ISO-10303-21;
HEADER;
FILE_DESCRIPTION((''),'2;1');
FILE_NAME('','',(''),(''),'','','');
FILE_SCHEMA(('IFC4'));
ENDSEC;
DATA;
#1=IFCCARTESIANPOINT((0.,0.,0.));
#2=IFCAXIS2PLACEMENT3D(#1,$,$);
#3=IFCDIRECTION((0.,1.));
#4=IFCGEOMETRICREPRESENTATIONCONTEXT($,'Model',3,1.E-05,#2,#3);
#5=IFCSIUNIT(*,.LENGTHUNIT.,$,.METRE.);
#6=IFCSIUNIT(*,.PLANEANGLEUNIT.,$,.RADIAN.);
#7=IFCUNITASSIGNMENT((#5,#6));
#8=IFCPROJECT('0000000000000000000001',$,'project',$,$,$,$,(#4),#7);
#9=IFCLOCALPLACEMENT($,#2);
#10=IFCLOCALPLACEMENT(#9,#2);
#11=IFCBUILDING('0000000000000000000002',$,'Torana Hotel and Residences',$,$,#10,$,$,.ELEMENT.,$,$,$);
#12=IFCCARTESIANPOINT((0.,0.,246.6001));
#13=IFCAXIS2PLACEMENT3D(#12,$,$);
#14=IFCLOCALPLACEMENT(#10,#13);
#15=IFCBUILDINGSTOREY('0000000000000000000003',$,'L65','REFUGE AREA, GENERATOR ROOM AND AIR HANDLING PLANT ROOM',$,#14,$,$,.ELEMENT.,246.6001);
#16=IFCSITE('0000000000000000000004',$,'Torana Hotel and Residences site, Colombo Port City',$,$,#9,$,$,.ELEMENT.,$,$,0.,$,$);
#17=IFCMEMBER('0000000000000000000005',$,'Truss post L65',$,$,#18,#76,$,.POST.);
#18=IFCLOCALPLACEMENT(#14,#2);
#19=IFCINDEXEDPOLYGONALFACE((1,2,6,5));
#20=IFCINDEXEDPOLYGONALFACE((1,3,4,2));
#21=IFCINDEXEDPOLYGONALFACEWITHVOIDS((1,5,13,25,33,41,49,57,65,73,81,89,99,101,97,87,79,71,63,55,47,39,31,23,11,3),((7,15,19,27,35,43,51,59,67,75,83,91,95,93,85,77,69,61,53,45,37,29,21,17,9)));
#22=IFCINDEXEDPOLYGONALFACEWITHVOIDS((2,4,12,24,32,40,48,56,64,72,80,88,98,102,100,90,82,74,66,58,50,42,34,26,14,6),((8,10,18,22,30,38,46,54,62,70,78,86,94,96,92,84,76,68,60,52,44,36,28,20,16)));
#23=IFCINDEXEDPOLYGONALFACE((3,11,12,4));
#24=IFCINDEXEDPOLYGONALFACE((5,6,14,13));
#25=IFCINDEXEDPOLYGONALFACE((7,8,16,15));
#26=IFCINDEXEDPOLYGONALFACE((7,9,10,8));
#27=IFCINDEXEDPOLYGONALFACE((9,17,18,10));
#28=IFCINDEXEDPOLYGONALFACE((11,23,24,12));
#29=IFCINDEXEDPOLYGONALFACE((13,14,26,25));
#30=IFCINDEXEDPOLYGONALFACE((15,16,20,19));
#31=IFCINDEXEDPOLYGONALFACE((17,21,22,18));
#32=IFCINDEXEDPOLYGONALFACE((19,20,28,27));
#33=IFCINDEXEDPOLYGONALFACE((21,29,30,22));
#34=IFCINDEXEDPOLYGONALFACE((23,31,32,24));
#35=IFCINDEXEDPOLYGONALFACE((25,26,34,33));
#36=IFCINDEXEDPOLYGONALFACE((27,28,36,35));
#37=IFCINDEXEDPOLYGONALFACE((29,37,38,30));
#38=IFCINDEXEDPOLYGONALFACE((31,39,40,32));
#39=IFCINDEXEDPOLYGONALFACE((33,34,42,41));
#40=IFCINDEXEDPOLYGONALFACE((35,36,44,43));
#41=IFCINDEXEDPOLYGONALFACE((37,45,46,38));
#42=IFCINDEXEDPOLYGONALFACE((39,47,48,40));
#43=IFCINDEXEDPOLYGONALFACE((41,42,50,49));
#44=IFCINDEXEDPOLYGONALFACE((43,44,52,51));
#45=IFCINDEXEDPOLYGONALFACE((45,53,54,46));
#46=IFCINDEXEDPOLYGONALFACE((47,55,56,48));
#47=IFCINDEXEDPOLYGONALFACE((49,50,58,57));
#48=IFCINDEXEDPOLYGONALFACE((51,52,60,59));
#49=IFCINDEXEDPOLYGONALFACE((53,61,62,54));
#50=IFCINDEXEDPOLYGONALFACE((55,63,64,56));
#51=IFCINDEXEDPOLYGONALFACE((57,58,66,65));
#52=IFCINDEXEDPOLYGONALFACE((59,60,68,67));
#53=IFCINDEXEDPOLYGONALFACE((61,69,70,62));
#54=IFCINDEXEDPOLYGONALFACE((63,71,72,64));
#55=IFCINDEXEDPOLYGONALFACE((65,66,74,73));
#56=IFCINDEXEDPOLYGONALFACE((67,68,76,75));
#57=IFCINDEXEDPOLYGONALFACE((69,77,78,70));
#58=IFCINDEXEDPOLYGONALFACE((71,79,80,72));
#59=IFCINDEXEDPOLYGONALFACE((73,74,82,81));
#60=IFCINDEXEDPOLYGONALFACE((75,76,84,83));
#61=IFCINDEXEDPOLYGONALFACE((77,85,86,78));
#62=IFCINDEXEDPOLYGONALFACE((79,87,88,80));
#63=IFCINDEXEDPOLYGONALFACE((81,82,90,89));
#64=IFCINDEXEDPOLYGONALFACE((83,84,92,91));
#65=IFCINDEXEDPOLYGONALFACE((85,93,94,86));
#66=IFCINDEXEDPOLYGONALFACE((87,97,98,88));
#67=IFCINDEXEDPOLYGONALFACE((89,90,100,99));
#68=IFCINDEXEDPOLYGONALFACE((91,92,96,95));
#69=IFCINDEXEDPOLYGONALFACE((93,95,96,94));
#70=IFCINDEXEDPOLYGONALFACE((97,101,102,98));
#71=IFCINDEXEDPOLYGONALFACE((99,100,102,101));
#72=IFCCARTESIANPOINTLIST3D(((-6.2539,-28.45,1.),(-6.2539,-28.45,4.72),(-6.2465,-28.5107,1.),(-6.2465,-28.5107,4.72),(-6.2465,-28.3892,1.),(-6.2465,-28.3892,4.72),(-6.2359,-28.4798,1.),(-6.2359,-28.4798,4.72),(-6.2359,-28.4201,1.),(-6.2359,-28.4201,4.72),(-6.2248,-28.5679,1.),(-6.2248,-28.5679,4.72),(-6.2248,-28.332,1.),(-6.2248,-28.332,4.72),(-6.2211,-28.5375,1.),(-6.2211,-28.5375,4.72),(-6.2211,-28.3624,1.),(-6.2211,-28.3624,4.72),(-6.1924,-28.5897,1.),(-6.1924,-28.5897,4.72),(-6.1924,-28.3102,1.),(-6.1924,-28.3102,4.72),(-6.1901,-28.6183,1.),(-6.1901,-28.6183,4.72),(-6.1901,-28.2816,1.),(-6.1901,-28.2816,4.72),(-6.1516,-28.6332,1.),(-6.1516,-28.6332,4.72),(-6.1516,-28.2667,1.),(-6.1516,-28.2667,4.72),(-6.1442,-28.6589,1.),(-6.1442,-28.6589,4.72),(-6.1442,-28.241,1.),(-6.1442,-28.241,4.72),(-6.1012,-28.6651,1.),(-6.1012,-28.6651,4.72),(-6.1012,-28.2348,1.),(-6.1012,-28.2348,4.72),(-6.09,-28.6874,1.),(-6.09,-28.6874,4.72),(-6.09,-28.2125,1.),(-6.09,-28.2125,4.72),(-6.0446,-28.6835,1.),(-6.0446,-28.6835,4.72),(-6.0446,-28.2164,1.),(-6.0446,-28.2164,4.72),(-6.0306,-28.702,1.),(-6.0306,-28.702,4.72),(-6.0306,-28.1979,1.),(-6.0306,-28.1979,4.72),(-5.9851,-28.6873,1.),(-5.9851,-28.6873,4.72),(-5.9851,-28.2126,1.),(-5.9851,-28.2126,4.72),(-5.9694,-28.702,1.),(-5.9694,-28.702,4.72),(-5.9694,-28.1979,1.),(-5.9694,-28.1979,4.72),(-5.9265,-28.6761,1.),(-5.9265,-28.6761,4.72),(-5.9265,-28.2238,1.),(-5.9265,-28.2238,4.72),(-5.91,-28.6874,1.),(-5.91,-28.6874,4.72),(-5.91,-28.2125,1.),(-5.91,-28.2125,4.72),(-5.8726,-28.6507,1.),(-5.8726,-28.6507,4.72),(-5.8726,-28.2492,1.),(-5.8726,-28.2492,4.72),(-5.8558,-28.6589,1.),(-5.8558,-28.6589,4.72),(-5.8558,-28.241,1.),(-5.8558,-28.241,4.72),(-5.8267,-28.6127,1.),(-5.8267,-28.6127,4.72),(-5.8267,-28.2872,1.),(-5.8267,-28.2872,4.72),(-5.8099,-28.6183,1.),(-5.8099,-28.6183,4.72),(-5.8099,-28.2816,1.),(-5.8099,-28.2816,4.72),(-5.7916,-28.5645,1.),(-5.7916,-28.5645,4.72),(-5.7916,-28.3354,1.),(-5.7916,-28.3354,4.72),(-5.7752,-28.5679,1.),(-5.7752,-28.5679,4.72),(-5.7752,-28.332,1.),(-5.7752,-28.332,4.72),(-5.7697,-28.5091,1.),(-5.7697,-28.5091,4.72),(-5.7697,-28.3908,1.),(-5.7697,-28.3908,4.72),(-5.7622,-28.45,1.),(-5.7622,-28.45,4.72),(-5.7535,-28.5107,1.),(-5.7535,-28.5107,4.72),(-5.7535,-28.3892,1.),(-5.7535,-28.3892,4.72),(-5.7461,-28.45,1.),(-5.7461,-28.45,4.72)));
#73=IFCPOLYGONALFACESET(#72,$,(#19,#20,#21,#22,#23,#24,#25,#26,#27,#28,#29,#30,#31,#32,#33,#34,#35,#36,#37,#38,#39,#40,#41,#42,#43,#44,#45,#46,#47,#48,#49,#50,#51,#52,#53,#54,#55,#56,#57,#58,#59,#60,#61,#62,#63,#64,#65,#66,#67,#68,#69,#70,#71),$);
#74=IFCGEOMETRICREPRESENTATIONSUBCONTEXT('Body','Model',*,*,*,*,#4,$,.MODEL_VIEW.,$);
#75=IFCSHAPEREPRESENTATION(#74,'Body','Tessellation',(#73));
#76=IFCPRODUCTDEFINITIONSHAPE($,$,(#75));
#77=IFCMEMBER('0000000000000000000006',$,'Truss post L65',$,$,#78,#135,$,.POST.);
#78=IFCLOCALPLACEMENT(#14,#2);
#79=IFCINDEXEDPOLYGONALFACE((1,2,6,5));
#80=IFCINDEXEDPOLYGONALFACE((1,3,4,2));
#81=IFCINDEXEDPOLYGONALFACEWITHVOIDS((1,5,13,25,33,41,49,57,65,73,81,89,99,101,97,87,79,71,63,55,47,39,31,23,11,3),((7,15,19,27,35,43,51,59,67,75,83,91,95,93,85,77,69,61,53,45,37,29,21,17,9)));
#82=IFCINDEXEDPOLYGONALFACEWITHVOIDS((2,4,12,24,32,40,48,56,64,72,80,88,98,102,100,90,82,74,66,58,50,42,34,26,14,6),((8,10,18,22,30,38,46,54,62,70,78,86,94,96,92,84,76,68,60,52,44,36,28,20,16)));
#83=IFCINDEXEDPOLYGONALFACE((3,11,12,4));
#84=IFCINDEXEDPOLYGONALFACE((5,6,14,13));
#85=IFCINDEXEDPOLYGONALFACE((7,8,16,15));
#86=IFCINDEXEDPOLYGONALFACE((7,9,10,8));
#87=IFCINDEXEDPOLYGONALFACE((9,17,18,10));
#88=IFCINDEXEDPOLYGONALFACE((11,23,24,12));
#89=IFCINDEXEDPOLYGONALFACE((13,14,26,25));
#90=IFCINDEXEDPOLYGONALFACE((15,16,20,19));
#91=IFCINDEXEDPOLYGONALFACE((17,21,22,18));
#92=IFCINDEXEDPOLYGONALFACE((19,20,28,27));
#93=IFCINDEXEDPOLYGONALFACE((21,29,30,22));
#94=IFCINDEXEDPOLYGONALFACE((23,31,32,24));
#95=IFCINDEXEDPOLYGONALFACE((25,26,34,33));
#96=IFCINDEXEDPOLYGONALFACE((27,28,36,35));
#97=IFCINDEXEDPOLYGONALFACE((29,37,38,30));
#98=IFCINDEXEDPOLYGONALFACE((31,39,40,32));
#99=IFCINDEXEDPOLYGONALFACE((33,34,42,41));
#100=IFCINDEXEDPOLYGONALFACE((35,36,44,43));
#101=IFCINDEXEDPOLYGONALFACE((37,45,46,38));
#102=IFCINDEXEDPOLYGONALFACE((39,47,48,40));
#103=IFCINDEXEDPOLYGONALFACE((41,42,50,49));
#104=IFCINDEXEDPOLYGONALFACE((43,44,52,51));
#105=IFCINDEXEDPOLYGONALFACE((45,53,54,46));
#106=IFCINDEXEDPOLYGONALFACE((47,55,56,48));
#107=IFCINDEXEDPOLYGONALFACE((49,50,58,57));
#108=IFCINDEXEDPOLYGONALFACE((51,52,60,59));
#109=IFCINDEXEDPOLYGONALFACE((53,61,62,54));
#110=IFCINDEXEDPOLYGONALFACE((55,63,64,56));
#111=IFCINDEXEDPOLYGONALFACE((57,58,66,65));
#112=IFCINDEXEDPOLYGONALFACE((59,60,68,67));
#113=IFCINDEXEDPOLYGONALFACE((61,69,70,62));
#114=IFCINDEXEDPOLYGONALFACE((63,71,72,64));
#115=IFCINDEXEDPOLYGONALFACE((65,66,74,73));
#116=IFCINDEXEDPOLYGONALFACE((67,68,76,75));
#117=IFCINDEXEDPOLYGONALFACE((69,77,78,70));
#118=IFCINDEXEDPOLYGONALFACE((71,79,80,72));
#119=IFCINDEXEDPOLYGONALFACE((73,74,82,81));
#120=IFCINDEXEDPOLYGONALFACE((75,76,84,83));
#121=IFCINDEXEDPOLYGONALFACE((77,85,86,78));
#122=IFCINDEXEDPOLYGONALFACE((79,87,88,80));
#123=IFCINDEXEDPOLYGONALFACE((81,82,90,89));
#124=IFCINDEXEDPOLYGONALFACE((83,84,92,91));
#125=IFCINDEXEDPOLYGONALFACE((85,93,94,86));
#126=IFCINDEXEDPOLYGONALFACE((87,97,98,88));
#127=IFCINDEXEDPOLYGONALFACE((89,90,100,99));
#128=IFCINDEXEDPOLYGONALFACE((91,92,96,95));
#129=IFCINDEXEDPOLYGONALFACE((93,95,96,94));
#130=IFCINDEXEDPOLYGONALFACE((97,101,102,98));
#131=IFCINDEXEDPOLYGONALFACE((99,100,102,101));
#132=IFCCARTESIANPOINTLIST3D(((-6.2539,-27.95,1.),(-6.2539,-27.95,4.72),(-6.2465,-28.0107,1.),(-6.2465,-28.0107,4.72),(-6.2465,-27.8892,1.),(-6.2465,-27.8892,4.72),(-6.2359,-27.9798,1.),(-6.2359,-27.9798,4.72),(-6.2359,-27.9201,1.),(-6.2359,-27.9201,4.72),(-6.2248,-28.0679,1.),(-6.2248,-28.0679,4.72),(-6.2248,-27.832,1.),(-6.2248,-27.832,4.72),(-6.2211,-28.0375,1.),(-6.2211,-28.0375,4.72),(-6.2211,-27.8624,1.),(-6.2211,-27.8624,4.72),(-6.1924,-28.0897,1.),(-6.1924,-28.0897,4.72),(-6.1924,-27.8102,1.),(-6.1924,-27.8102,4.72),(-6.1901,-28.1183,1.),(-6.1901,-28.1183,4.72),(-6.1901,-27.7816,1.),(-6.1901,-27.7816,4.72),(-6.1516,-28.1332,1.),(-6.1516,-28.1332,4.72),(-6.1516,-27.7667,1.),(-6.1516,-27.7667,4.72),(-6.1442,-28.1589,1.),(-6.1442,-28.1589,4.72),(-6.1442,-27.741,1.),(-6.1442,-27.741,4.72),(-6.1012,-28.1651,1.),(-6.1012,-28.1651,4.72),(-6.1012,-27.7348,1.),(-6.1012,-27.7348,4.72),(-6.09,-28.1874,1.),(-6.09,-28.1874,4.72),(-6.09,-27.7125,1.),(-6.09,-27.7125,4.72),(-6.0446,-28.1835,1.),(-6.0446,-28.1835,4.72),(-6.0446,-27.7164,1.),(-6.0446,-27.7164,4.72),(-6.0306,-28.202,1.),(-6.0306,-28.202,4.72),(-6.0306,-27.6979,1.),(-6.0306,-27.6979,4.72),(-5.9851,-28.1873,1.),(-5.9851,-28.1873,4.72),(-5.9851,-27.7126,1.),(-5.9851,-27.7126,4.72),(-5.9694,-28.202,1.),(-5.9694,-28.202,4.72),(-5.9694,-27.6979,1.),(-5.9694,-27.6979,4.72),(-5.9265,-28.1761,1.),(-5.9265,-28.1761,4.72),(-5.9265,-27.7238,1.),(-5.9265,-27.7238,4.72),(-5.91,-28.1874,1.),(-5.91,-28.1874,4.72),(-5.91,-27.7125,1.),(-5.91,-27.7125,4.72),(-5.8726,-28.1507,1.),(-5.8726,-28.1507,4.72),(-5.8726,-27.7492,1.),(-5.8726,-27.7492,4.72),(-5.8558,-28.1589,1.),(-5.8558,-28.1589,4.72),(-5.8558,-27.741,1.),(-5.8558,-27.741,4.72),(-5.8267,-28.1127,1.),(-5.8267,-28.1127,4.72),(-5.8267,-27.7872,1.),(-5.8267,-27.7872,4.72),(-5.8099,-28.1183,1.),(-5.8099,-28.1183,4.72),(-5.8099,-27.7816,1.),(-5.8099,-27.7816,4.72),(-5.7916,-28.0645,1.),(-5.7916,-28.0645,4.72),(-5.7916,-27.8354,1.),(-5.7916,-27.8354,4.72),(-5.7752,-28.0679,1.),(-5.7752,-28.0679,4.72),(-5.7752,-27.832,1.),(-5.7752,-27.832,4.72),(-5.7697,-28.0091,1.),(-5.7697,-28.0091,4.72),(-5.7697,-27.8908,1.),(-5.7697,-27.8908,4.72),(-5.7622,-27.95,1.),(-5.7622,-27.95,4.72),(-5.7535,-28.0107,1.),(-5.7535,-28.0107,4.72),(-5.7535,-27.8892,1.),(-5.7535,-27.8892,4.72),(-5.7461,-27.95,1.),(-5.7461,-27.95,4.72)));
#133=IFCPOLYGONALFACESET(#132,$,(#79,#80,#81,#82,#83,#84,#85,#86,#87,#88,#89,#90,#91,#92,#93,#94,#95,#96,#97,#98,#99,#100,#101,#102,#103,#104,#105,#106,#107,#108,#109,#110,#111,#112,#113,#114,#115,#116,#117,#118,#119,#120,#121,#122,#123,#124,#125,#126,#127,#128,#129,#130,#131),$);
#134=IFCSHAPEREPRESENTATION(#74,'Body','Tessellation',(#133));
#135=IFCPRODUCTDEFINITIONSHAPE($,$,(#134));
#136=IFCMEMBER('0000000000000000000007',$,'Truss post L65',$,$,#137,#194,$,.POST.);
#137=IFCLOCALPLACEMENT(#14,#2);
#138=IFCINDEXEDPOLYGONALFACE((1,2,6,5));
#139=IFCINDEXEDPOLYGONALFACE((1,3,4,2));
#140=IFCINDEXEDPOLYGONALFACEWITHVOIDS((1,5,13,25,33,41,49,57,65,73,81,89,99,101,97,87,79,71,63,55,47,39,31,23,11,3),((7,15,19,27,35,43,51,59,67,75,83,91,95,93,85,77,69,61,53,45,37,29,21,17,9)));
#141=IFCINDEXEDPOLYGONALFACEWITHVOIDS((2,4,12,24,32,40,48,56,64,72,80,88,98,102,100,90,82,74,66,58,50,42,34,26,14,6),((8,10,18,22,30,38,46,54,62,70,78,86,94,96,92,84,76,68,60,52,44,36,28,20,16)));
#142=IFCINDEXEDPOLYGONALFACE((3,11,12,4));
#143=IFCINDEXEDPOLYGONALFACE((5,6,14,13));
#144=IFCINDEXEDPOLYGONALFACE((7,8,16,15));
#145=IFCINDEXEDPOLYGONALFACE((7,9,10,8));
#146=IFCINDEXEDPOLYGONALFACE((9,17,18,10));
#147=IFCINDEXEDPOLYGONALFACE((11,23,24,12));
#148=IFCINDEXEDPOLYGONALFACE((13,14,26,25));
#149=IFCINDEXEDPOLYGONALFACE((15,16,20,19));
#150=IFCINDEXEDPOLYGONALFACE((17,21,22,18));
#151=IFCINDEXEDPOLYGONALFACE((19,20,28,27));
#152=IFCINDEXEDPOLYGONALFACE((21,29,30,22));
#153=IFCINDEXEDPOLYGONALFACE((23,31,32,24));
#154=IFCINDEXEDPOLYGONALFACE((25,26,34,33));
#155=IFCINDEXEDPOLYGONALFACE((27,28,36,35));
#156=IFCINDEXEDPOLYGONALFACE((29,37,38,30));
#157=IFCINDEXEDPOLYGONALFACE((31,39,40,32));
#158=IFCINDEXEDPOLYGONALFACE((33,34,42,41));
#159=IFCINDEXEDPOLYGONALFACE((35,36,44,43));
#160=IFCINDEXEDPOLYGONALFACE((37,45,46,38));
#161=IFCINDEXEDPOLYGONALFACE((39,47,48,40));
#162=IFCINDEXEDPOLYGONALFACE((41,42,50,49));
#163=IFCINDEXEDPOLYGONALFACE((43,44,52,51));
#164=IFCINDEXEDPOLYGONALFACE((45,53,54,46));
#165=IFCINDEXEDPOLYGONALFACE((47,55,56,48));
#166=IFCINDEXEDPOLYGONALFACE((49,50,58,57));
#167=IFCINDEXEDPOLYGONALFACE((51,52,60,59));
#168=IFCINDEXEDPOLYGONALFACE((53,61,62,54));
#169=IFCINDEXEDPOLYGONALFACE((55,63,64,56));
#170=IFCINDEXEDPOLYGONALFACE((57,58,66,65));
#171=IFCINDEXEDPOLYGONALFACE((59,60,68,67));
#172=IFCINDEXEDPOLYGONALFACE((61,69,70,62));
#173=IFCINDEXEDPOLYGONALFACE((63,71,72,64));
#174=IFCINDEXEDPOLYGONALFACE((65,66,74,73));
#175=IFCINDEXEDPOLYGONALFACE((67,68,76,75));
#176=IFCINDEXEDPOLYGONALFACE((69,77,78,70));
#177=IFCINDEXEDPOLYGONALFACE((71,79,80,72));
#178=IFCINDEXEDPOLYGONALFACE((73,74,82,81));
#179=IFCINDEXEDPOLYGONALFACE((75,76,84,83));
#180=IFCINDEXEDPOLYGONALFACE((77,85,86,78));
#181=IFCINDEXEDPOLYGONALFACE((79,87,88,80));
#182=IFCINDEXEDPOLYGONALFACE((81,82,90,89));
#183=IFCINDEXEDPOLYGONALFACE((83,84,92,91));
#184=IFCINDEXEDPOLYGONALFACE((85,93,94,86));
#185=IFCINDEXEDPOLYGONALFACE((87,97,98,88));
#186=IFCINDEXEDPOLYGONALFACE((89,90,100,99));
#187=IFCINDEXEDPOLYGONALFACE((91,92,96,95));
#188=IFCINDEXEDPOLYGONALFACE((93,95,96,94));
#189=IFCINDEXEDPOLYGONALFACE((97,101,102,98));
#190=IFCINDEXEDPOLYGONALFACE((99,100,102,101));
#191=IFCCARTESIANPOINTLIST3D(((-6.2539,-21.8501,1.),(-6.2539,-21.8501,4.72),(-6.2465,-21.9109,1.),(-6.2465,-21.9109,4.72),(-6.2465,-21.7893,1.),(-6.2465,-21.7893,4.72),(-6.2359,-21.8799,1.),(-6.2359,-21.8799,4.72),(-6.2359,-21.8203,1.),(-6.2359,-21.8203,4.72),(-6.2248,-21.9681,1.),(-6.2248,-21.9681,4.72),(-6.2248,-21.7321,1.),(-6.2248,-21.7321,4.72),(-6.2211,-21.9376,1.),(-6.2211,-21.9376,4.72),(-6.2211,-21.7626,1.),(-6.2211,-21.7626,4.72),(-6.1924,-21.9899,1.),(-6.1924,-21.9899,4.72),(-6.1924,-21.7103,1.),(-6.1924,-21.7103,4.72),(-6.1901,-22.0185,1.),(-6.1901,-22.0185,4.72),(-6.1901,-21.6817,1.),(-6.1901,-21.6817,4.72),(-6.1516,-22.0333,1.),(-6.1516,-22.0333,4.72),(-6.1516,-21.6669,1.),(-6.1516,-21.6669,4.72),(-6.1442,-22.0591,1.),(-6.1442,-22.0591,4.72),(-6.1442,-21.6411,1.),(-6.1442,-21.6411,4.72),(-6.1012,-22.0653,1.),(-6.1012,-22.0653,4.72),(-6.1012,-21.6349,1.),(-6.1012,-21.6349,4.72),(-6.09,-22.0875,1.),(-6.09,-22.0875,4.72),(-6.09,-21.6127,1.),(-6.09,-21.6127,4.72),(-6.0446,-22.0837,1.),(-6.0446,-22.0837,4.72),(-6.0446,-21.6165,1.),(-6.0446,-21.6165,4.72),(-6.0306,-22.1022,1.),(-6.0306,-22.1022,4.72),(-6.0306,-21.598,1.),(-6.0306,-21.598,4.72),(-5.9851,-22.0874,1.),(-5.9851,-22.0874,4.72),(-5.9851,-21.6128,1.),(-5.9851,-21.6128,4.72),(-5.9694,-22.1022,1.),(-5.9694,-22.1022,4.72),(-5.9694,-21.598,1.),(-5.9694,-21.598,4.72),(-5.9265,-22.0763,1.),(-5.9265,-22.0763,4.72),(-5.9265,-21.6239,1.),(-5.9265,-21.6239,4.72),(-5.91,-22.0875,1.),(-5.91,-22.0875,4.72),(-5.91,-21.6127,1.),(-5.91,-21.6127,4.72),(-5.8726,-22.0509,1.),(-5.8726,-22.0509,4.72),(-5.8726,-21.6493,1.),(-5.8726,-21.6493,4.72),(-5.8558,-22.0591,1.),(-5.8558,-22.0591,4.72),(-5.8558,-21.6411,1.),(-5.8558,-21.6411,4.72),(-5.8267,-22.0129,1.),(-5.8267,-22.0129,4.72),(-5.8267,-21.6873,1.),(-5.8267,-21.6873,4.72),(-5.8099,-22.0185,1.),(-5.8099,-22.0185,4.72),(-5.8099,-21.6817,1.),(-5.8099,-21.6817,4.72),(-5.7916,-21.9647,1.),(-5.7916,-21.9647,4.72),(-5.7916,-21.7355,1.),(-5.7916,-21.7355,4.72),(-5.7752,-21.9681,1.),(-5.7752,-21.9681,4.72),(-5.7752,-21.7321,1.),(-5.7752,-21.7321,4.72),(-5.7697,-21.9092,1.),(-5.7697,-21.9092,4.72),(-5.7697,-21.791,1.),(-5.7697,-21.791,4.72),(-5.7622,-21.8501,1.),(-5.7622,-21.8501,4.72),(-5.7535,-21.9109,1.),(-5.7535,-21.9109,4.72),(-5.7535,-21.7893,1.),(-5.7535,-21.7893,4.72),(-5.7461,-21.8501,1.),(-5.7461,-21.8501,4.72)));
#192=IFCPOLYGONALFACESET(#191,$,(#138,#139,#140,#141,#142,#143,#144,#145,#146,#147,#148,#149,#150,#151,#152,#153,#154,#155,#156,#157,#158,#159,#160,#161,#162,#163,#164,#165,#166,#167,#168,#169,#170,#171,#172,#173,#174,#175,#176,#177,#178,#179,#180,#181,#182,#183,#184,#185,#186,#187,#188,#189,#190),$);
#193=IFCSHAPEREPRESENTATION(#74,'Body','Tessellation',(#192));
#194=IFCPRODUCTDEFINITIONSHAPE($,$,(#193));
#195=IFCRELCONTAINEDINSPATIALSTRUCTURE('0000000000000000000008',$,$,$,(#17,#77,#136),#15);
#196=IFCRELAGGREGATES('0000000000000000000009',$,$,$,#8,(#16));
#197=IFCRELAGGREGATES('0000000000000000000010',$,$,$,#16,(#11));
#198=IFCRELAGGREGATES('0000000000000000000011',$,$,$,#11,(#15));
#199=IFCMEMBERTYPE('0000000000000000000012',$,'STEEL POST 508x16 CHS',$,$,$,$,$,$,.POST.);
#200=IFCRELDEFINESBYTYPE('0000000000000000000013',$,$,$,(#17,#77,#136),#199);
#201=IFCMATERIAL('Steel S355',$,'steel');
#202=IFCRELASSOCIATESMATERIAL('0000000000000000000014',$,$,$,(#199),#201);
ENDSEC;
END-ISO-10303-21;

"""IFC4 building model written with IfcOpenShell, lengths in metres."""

from ifc_helpers import new_model, si_unit, direction, frame, origin, origin_2d, place, context, subcontext, project, spatial, hollow_circle, extrude, material, material_profile, profile_set, type_object, element, save


model = new_model("IFC4")

# Units and contexts
model_context = context("Model", 3, precision=1e-05, world=origin(), true_north=direction((0.0, 1.0)))
body_context = subcontext(model_context, "Body", "Model", "MODEL_VIEW")
ifc_project = project(units=[si_unit("LENGTHUNIT", "METRE"), si_unit("PLANEANGLEUNIT", "RADIAN")], contexts=[model_context])

# Site, building, storey
site_placement = place(None, origin())
site = spatial("IfcSite", under=ifc_project, at=site_placement, Name="Torana Hotel and Residences site, Colombo Port City", CompositionType="ELEMENT", RefElevation=0.0)
building_placement = place(site_placement, origin())
building = spatial("IfcBuilding", under=site, at=building_placement, Name="Torana Hotel and Residences", CompositionType="ELEMENT")
storey_placement = place(building_placement, frame((0.0, 0.0, 246.6001)))
storey = spatial("IfcBuildingStorey", under=building, at=storey_placement, Name="L65", Description="REFUGE AREA, GENERATOR ROOM AND AIR HANDLING PLANT ROOM", CompositionType="ELEMENT", Elevation=246.6001)

# Members
ifc_material_1 = material(Name="Steel S355", Category="steel")
ifc_material_profile_1 = material_profile(ifc_material_1, hollow_circle(Radius=0.2539, WallThickness=0.0161, at=origin_2d()), Name="508x16 CHS")
ifc_profile_set_1 = profile_set([ifc_material_profile_1], Name="Steel S355")
member_type_1 = type_object("IfcMemberType", Name="STEEL POST 508x16 CHS", PredefinedType="POST", material=ifc_profile_set_1)
for number, where, z_axis, x_axis, name in (
    (1, (-6.0, -28.45, 1.0), (0.0, 0.0, 1.0), (1.0, 0.0, 0.0), "Truss post L65"),
    (2, (-6.0, -27.95, 1.0), (0.0, 0.0, 1.0), (1.0, 0.0, 0.0), "Truss post L65"),
    (3, (-6.0, -21.8501, 1.0), (0.0, 0.0, 1.0), (1.0, 0.0, 0.0), "Truss post L65"),
):
    element("IfcMember", number, at=place(storey_placement, frame(where, z_axis=z_axis, x_axis=x_axis)), inside=storey, type_object=member_type_1, Name=name, PredefinedType="POST", context=body_context, shape_type="SweptSolid", body=[
        extrude(hollow_circle(Radius=0.2539, WallThickness=0.0161, at=origin_2d()), origin(), (0.0, 0.0, 1.0), 3.72),
    ])

save(model, "model.ifc")
